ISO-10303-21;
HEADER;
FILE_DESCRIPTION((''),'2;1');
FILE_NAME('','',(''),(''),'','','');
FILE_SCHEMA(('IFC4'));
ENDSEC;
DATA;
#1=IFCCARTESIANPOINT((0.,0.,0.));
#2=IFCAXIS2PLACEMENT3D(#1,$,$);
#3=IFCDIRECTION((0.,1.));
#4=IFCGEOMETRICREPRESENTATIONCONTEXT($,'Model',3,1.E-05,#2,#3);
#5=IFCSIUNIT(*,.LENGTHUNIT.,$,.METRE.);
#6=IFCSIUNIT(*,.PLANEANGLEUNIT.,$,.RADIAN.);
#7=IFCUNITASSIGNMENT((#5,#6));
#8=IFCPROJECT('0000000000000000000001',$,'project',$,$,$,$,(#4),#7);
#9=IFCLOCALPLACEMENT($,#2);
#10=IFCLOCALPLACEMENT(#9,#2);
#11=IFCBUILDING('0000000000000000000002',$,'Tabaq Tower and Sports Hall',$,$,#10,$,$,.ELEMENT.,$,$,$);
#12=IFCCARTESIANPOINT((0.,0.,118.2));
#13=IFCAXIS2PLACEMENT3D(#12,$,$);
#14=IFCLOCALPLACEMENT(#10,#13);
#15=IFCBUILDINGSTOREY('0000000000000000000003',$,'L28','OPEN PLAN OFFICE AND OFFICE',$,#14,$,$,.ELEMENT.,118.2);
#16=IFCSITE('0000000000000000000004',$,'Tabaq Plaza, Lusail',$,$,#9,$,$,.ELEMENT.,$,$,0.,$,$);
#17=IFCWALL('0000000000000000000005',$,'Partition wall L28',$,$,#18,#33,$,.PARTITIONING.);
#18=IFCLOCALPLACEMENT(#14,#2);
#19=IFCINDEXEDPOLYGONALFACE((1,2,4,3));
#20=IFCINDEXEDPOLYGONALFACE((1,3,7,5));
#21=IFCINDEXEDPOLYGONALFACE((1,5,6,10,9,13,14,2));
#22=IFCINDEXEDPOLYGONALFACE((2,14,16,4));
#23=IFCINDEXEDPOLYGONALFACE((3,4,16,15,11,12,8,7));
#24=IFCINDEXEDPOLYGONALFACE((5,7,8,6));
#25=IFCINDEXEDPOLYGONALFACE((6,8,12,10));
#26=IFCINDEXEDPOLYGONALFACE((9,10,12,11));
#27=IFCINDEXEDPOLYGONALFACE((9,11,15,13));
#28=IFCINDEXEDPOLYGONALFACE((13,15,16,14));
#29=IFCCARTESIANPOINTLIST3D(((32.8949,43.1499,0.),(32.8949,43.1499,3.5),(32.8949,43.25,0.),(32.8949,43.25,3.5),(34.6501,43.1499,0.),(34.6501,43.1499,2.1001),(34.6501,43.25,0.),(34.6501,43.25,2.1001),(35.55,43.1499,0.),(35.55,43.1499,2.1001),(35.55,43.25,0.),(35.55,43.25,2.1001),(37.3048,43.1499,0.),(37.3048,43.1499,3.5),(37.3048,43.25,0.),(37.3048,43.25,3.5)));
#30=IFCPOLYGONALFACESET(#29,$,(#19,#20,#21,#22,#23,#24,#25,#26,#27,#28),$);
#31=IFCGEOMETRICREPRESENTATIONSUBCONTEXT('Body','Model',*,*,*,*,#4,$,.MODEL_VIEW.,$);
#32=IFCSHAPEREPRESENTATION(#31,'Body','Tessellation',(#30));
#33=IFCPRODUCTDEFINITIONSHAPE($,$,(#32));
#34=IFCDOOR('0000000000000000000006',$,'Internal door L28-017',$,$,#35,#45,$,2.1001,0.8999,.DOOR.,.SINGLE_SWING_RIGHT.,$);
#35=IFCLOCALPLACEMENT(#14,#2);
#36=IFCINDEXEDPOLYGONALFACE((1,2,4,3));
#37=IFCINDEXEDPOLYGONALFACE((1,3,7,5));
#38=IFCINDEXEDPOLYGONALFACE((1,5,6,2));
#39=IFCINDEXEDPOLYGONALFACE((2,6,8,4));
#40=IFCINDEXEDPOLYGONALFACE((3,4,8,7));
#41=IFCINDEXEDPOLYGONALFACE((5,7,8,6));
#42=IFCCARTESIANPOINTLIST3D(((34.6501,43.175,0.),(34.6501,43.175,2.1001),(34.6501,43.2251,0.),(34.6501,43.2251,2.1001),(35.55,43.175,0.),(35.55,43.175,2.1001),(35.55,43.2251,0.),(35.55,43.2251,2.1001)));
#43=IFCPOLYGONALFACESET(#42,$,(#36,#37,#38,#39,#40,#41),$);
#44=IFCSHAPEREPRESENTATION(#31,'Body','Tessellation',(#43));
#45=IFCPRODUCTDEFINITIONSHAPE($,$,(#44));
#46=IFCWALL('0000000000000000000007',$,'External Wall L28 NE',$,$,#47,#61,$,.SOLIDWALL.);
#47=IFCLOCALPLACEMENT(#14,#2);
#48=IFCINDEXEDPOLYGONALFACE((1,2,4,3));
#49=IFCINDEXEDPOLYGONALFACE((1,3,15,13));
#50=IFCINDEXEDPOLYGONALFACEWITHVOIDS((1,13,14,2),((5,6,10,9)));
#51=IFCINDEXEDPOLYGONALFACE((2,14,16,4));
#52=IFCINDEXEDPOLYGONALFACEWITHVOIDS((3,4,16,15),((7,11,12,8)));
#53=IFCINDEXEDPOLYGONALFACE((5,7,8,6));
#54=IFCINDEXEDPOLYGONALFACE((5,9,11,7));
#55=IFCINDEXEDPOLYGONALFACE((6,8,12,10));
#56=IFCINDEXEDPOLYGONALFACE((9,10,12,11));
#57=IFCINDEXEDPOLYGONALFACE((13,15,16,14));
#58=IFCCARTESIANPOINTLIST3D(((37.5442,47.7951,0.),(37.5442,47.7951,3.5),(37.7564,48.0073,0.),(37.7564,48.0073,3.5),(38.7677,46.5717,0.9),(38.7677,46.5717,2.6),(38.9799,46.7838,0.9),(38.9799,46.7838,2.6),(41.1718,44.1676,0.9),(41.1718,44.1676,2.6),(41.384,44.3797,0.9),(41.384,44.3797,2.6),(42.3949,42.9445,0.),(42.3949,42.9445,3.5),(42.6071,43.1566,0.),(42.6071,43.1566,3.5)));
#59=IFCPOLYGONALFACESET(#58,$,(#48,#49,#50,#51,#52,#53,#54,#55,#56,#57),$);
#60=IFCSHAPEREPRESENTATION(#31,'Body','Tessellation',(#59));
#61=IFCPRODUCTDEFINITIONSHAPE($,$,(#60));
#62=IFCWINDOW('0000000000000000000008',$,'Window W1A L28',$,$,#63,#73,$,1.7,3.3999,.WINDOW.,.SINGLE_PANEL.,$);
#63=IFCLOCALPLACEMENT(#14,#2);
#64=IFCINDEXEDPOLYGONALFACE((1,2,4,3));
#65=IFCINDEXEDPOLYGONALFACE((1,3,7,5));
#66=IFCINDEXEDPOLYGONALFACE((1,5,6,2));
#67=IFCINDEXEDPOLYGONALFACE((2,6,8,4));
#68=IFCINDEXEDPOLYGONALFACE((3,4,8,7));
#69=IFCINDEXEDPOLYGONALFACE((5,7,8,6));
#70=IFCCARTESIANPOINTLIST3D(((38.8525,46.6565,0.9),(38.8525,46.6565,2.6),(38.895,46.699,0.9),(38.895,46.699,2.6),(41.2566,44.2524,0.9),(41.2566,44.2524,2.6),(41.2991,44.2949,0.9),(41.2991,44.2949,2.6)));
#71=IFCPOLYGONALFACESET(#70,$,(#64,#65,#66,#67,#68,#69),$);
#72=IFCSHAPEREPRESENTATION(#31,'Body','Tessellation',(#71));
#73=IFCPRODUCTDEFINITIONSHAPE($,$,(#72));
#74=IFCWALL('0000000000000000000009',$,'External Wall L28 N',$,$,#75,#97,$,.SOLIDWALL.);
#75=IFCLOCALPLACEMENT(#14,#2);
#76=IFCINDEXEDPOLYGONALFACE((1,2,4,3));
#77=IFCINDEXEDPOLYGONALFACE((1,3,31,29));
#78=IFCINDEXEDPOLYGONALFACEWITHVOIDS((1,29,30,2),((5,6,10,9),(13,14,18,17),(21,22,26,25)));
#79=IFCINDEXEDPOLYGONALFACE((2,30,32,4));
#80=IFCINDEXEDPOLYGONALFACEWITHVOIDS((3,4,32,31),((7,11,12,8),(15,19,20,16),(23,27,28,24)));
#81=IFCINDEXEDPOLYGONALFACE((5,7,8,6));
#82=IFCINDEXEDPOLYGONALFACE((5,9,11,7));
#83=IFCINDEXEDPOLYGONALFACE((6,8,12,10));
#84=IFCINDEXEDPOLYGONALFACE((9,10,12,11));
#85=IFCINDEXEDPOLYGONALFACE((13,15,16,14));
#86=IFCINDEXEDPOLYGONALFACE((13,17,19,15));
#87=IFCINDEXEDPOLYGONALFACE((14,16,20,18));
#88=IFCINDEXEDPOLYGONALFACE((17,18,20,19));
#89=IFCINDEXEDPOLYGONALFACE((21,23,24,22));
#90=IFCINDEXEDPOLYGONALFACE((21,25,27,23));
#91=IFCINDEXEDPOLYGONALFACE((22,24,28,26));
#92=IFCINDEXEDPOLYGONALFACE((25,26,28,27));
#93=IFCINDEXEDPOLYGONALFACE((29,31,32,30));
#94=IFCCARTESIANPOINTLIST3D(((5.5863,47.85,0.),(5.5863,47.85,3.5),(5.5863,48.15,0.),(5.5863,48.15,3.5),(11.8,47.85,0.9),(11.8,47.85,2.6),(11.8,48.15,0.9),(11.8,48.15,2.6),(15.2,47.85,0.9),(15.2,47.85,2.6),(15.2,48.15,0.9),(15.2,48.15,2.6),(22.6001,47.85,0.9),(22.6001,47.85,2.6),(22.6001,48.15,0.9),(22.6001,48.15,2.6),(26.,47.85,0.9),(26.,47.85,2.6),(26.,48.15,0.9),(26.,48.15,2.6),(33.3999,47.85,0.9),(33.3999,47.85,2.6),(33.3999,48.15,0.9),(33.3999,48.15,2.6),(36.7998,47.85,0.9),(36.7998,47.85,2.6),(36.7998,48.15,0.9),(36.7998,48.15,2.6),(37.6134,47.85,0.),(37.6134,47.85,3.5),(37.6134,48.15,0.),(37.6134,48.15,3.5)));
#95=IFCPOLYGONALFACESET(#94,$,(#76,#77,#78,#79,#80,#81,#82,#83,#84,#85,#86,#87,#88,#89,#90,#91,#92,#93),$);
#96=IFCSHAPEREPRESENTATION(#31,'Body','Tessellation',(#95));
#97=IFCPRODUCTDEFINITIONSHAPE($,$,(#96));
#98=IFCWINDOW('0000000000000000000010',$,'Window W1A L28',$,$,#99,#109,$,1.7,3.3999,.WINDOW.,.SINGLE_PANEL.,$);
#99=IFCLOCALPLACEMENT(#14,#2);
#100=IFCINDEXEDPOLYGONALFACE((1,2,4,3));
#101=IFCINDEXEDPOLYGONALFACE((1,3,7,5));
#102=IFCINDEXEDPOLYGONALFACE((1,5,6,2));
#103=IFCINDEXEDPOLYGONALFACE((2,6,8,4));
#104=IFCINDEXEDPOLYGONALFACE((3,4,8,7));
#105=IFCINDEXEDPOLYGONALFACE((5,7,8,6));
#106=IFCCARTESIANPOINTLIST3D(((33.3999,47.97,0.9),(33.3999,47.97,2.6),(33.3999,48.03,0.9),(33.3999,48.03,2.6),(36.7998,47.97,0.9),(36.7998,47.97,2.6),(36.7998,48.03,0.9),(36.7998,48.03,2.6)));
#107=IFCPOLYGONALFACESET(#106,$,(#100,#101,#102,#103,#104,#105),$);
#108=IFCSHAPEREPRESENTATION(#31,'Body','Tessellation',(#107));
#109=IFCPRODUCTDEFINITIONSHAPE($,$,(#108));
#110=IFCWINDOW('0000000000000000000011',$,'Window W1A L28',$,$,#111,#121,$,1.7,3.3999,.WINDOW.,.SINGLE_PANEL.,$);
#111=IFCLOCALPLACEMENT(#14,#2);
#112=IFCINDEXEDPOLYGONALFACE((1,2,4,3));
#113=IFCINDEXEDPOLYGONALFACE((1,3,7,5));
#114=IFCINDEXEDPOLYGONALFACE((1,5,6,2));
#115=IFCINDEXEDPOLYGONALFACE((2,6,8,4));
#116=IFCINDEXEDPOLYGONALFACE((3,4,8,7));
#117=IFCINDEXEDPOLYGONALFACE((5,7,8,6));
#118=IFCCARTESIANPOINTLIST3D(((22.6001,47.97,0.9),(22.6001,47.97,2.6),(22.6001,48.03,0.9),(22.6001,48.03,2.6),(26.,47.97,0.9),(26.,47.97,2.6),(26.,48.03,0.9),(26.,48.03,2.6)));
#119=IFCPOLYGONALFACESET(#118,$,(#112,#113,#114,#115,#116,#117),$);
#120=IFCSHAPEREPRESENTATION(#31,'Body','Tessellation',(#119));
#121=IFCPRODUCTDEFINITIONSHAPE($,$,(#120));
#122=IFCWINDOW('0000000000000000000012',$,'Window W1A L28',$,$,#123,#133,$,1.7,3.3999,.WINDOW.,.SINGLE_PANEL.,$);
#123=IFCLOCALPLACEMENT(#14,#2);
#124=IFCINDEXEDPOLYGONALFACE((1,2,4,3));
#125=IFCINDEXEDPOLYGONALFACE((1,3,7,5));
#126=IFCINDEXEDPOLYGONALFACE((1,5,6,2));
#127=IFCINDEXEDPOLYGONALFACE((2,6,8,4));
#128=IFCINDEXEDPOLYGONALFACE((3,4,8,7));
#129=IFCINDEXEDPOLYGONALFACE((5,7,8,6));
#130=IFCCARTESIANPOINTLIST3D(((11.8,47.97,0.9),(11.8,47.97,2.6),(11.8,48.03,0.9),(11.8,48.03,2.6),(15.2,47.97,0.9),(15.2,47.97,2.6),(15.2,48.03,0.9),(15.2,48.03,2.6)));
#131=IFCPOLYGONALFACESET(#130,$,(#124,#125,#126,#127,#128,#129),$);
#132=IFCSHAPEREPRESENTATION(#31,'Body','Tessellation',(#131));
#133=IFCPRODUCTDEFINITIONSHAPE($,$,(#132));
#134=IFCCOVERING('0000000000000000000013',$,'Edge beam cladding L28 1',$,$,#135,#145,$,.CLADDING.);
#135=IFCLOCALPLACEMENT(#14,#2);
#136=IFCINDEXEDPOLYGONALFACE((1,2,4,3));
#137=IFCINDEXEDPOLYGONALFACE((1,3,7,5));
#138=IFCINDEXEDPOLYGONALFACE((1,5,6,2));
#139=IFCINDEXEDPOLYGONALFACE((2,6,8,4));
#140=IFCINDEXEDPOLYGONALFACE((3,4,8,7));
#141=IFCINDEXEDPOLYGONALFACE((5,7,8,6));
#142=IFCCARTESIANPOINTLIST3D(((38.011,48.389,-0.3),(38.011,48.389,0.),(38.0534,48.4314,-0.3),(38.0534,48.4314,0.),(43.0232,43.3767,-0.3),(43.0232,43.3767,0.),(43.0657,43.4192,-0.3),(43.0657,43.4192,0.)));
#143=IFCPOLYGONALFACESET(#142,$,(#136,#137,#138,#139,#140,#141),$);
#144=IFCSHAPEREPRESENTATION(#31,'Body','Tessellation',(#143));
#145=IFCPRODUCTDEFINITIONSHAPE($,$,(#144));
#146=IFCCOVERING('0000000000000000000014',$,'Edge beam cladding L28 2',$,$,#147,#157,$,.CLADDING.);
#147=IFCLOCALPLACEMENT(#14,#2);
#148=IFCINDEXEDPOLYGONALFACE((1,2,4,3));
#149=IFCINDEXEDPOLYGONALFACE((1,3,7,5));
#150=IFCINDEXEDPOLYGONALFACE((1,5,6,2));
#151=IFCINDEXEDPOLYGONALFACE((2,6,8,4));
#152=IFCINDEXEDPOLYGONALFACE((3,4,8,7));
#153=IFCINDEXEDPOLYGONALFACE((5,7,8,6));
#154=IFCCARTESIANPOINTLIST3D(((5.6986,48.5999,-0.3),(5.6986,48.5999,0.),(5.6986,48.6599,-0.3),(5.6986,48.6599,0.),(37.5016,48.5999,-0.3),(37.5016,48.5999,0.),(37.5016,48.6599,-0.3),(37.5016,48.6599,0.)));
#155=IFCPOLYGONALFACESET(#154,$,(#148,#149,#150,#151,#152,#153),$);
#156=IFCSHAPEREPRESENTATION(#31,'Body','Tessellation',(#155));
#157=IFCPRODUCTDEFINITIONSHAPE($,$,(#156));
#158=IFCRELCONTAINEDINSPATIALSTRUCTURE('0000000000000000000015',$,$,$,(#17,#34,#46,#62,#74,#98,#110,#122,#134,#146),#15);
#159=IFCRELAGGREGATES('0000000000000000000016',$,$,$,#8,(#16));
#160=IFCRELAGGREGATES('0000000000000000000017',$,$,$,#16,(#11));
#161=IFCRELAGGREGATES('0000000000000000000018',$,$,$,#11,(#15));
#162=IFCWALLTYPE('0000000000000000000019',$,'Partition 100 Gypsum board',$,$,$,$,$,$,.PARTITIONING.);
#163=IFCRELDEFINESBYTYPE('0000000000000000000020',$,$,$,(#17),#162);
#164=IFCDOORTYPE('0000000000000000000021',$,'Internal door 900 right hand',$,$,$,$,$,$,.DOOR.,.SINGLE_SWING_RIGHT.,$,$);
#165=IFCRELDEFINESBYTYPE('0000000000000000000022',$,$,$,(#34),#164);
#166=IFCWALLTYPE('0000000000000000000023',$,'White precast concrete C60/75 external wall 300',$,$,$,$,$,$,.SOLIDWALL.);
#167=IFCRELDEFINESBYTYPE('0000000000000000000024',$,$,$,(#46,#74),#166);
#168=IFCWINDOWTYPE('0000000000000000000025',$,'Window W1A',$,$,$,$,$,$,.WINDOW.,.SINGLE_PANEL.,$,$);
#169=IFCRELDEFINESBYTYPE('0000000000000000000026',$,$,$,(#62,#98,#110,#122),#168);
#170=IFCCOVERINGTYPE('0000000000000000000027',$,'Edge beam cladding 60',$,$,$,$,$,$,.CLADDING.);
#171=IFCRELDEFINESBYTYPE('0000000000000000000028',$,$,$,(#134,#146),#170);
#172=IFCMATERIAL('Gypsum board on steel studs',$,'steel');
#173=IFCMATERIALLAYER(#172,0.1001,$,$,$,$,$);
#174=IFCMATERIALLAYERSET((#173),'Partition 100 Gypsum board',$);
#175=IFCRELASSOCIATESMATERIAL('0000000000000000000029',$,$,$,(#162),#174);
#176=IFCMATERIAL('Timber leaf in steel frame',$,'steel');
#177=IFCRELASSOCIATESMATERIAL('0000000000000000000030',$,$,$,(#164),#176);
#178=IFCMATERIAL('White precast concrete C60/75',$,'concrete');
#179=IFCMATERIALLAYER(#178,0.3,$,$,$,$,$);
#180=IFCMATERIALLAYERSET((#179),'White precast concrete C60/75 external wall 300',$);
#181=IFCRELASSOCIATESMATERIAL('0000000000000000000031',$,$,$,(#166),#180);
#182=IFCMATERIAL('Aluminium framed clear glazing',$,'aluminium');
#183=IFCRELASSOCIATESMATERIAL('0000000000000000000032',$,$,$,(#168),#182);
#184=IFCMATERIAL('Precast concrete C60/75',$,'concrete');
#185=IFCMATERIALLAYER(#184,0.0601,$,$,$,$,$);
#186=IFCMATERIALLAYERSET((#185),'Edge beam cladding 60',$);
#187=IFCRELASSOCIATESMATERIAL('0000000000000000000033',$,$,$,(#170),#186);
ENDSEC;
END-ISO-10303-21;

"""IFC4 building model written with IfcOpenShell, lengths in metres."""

from ifc_helpers import new_model, si_unit, direction, frame, frame_2d, origin, place, context, subcontext, project, spatial, rectangle, extrude, material, layer, layer_set, type_object, element, fill, save


model = new_model("IFC4")

# Units and contexts
model_context = context("Model", 3, precision=1e-05, world=origin(), true_north=direction((0.0, 1.0)))
body_context = subcontext(model_context, "Body", "Model", "MODEL_VIEW")
ifc_project = project(units=[si_unit("LENGTHUNIT", "METRE"), si_unit("PLANEANGLEUNIT", "RADIAN")], contexts=[model_context])

# Site, building, storey
site_placement = place(None, origin())
site = spatial("IfcSite", under=ifc_project, at=site_placement, Name="Tabaq Plaza, Lusail", CompositionType="ELEMENT", RefElevation=0.0)
building_placement = place(site_placement, origin())
building = spatial("IfcBuilding", under=site, at=building_placement, Name="Tabaq Tower and Sports Hall", CompositionType="ELEMENT")
storey_placement = place(building_placement, frame((0.0, 0.0, 118.2)))
storey = spatial("IfcBuildingStorey", under=building, at=storey_placement, Name="L28", Description="OPEN PLAN OFFICE AND OFFICE", CompositionType="ELEMENT", Elevation=118.2)

# Shared definitions
ifc_material_1 = material(Name="Gypsum board on steel studs", Category="steel")
ifc_layer_1 = layer(ifc_material_1, 0.1001)
ifc_layer_set_1 = layer_set([ifc_layer_1], Name="Partition 100 Gypsum board")
wall_type_1 = type_object("IfcWallType", Name="Partition 100 Gypsum board", PredefinedType="PARTITIONING", material=ifc_layer_set_1)
ifc_material_2 = material(Name="Timber leaf in steel frame", Category="steel")
door_type_1 = type_object("IfcDoorType", Name="Internal door 900 right hand", OperationType="SINGLE_SWING_RIGHT", PredefinedType="DOOR", material=ifc_material_2)

# Wall, opening, door
wall_1_placement = place(storey_placement, frame((37.3049, 43.2, 0.0), z_axis=(0.0, 0.0, 1.0), x_axis=(-1.0, 0.0, 0.0)))
wall_1 = element("IfcWall", 1, at=wall_1_placement, inside=storey, type_object=wall_type_1, Name="Partition wall L28", PredefinedType="PARTITIONING", context=body_context, shape_type="SweptSolid", body=[
    extrude(rectangle(XDim=4.4099, YDim=0.1001, at=frame_2d((2.2051, 0.0))), origin(), (0.0, 0.0, 1.0), 3.5),
])
opening_1_placement = place(wall_1_placement, frame((1.7549, 0.0, 0.0)))
opening_1 = element("IfcOpeningElement", 2, at=opening_1_placement, cuts=wall_1, PredefinedType="OPENING", context=body_context, shape_type="SweptSolid", body=[
    extrude(rectangle(XDim=0.8999, YDim=2.1001, at=frame_2d((0.45, 1.05))), frame((0.0, 0.05, 0.0), z_axis=(0.0, -1.0, 0.0), x_axis=(1.0, 0.0, 0.0)), (0.0, 0.0, 1.0), 0.1001),
])
door_1_placement = place(opening_1_placement, origin())
door_1 = element("IfcDoor", 3, at=door_1_placement, inside=storey, type_object=door_type_1, Name="Internal door L28-017", OperationType="SINGLE_SWING_RIGHT", OverallHeight=2.1001, OverallWidth=0.8999, PredefinedType="DOOR", context=body_context, shape_type="SweptSolid", body=[
    extrude(rectangle(XDim=0.8999, YDim=2.1001, at=frame_2d((0.45, 1.05))), frame((0.0, 0.0249, 0.0), z_axis=(0.0, -1.0, 0.0), x_axis=(1.0, 0.0, 0.0)), (0.0, 0.0, 1.0), 0.05),
])
fill(opening_1, door_1)

# Wall, opening, window
ifc_material_3 = material(Name="White precast concrete C60/75", Category="concrete")
ifc_layer_2 = layer(ifc_material_3, 0.3)
ifc_layer_set_2 = layer_set([ifc_layer_2], Name="White precast concrete C60/75 external wall 300")
wall_type_2 = type_object("IfcWallType", Name="White precast concrete C60/75 external wall 300", PredefinedType="SOLIDWALL", material=ifc_layer_set_2)
wall_2_placement = place(storey_placement, frame((42.501, 43.0505, 0.0), z_axis=(0.0, 0.0, 1.0), x_axis=(-0.707107, 0.707107, 0.0)))
wall_2 = element("IfcWall", 4, at=wall_2_placement, inside=storey, type_object=wall_type_2, Name="External Wall L28 NE", PredefinedType="SOLIDWALL", context=body_context, shape_type="SweptSolid", body=[
    extrude(rectangle(XDim=6.8599, YDim=0.3, at=frame_2d((3.4299, 0.0))), origin(), (0.0, 0.0, 1.0), 3.5),
])
opening_2_placement = place(wall_2_placement, frame((1.7297, 0.0, 0.8999)))
opening_2 = element("IfcOpeningElement", 5, at=opening_2_placement, cuts=wall_2, PredefinedType="OPENING", context=body_context, shape_type="SweptSolid", body=[
    extrude(rectangle(XDim=3.3999, YDim=1.7, at=frame_2d((1.7, 0.8501))), frame((0.0, 0.1602, 0.0), z_axis=(0.0, -1.0, 0.0), x_axis=(1.0, 0.0, 0.0)), (0.0, 0.0, 1.0), 0.3201),
])
ifc_material_4 = material(Name="Aluminium framed clear glazing", Category="aluminium")
window_type = type_object("IfcWindowType", Name="Window W1A", PartitioningType="SINGLE_PANEL", PredefinedType="WINDOW", material=ifc_material_4)
window_1_placement = place(opening_2_placement, origin())
window_1 = element("IfcWindow", 6, at=window_1_placement, inside=storey, type_object=window_type, Name="Window W1A L28", OverallHeight=1.7, OverallWidth=3.3999, PartitioningType="SINGLE_PANEL", PredefinedType="WINDOW", context=body_context, shape_type="SweptSolid", body=[
    extrude(rectangle(XDim=3.3999, YDim=1.7, at=frame_2d((1.7, 0.8501))), frame((0.0, 0.03, 0.0), z_axis=(0.0, -1.0, 0.0), x_axis=(1.0, 0.0, 0.0)), (0.0, 0.0, 1.0), 0.0601),
])
fill(opening_2, window_1)

# Wall, openings, windows
wall_3_placement = place(storey_placement, frame((37.6135, 48.0, 0.0), z_axis=(0.0, 0.0, 1.0), x_axis=(-1.0, 0.0, 0.0)))
wall_3 = element("IfcWall", 7, at=wall_3_placement, inside=storey, type_object=wall_type_2, Name="External Wall L28 N", PredefinedType="SOLIDWALL", context=body_context, shape_type="SweptSolid", body=[
    extrude(rectangle(XDim=32.0271, YDim=0.3, at=frame_2d((16.0137, 0.0))), origin(), (0.0, 0.0, 1.0), 3.5),
])
opening_3_placement = place(wall_3_placement, frame((0.8137, 0.0, 0.8999)))
opening_3 = element("IfcOpeningElement", 8, at=opening_3_placement, cuts=wall_3, PredefinedType="OPENING", context=body_context, shape_type="SweptSolid", body=[
    extrude(rectangle(XDim=3.3999, YDim=1.7, at=frame_2d((1.7, 0.8501))), frame((0.0, 0.1602, 0.0), z_axis=(0.0, -1.0, 0.0), x_axis=(1.0, 0.0, 0.0)), (0.0, 0.0, 1.0), 0.3201),
])
opening_4_placement = place(wall_3_placement, frame((11.6135, 0.0, 0.8999)))
opening_4 = element("IfcOpeningElement", 9, at=opening_4_placement, cuts=wall_3, PredefinedType="OPENING", context=body_context, shape_type="SweptSolid", body=[
    extrude(rectangle(XDim=3.3999, YDim=1.7, at=frame_2d((1.7, 0.8501))), frame((0.0, 0.1602, 0.0), z_axis=(0.0, -1.0, 0.0), x_axis=(1.0, 0.0, 0.0)), (0.0, 0.0, 1.0), 0.3201),
])
opening_5_placement = place(wall_3_placement, frame((22.4136, 0.0, 0.8999)))
opening_5 = element("IfcOpeningElement", 10, at=opening_5_placement, cuts=wall_3, PredefinedType="OPENING", context=body_context, shape_type="SweptSolid", body=[
    extrude(rectangle(XDim=3.3999, YDim=1.7, at=frame_2d((1.7, 0.8501))), frame((0.0, 0.1602, 0.0), z_axis=(0.0, -1.0, 0.0), x_axis=(1.0, 0.0, 0.0)), (0.0, 0.0, 1.0), 0.3201),
])
window_2_placement = place(opening_3_placement, origin())
window_2 = element("IfcWindow", 11, at=window_2_placement, inside=storey, type_object=window_type, Name="Window W1A L28", OverallHeight=1.7, OverallWidth=3.3999, PartitioningType="SINGLE_PANEL", PredefinedType="WINDOW", context=body_context, shape_type="SweptSolid", body=[
    extrude(rectangle(XDim=3.3999, YDim=1.7, at=frame_2d((1.7, 0.8501))), frame((0.0, 0.03, 0.0), z_axis=(0.0, -1.0, 0.0), x_axis=(1.0, 0.0, 0.0)), (0.0, 0.0, 1.0), 0.0601),
])
fill(opening_3, window_2)
window_3_placement = place(opening_4_placement, origin())
window_3 = element("IfcWindow", 12, at=window_3_placement, inside=storey, type_object=window_type, Name="Window W1A L28", OverallHeight=1.7, OverallWidth=3.3999, PartitioningType="SINGLE_PANEL", PredefinedType="WINDOW", context=body_context, shape_type="SweptSolid", body=[
    extrude(rectangle(XDim=3.3999, YDim=1.7, at=frame_2d((1.7, 0.8501))), frame((0.0, 0.03, 0.0), z_axis=(0.0, -1.0, 0.0), x_axis=(1.0, 0.0, 0.0)), (0.0, 0.0, 1.0), 0.0601),
])
fill(opening_4, window_3)
window_4_placement = place(opening_5_placement, origin())
window_4 = element("IfcWindow", 13, at=window_4_placement, inside=storey, type_object=window_type, Name="Window W1A L28", OverallHeight=1.7, OverallWidth=3.3999, PartitioningType="SINGLE_PANEL", PredefinedType="WINDOW", context=body_context, shape_type="SweptSolid", body=[
    extrude(rectangle(XDim=3.3999, YDim=1.7, at=frame_2d((1.7, 0.8501))), frame((0.0, 0.03, 0.0), z_axis=(0.0, -1.0, 0.0), x_axis=(1.0, 0.0, 0.0)), (0.0, 0.0, 1.0), 0.0601),
])
fill(opening_5, window_4)

# Coverings
ifc_material_5 = material(Name="Precast concrete C60/75", Category="concrete")
ifc_layer_3 = layer(ifc_material_5, 0.0601)
ifc_layer_set_3 = layer_set([ifc_layer_3], Name="Edge beam cladding 60")
covering_type_1 = type_object("IfcCoveringType", Name="Edge beam cladding 60", PredefinedType="CLADDING", material=ifc_layer_set_3)
covering_1_placement = place(storey_placement, frame((43.0444, 43.3979, -0.3), z_axis=(0.0, 0.0, 1.0), x_axis=(-0.707107, 0.707107, 0.0)))
element("IfcCovering", 14, at=covering_1_placement, inside=storey, type_object=covering_type_1, Name="Edge beam cladding L28 1", PredefinedType="CLADDING", context=body_context, shape_type="SweptSolid", body=[
    extrude(rectangle(XDim=7.0884, YDim=0.0601, at=frame_2d((3.5442, 0.0))), origin(), (0.0, 0.0, 1.0), 0.3),
])
covering_2_placement = place(storey_placement, frame((37.5015, 48.6299, -0.3), z_axis=(0.0, 0.0, 1.0), x_axis=(-1.0, 0.0, 0.0)))
element("IfcCovering", 15, at=covering_2_placement, inside=storey, type_object=covering_type_1, Name="Edge beam cladding L28 2", PredefinedType="CLADDING", context=body_context, shape_type="SweptSolid", body=[
    extrude(rectangle(XDim=31.803, YDim=0.0601, at=frame_2d((15.9014, 0.0))), origin(), (0.0, 0.0, 1.0), 0.3),
])

save(model, "model.ifc")
